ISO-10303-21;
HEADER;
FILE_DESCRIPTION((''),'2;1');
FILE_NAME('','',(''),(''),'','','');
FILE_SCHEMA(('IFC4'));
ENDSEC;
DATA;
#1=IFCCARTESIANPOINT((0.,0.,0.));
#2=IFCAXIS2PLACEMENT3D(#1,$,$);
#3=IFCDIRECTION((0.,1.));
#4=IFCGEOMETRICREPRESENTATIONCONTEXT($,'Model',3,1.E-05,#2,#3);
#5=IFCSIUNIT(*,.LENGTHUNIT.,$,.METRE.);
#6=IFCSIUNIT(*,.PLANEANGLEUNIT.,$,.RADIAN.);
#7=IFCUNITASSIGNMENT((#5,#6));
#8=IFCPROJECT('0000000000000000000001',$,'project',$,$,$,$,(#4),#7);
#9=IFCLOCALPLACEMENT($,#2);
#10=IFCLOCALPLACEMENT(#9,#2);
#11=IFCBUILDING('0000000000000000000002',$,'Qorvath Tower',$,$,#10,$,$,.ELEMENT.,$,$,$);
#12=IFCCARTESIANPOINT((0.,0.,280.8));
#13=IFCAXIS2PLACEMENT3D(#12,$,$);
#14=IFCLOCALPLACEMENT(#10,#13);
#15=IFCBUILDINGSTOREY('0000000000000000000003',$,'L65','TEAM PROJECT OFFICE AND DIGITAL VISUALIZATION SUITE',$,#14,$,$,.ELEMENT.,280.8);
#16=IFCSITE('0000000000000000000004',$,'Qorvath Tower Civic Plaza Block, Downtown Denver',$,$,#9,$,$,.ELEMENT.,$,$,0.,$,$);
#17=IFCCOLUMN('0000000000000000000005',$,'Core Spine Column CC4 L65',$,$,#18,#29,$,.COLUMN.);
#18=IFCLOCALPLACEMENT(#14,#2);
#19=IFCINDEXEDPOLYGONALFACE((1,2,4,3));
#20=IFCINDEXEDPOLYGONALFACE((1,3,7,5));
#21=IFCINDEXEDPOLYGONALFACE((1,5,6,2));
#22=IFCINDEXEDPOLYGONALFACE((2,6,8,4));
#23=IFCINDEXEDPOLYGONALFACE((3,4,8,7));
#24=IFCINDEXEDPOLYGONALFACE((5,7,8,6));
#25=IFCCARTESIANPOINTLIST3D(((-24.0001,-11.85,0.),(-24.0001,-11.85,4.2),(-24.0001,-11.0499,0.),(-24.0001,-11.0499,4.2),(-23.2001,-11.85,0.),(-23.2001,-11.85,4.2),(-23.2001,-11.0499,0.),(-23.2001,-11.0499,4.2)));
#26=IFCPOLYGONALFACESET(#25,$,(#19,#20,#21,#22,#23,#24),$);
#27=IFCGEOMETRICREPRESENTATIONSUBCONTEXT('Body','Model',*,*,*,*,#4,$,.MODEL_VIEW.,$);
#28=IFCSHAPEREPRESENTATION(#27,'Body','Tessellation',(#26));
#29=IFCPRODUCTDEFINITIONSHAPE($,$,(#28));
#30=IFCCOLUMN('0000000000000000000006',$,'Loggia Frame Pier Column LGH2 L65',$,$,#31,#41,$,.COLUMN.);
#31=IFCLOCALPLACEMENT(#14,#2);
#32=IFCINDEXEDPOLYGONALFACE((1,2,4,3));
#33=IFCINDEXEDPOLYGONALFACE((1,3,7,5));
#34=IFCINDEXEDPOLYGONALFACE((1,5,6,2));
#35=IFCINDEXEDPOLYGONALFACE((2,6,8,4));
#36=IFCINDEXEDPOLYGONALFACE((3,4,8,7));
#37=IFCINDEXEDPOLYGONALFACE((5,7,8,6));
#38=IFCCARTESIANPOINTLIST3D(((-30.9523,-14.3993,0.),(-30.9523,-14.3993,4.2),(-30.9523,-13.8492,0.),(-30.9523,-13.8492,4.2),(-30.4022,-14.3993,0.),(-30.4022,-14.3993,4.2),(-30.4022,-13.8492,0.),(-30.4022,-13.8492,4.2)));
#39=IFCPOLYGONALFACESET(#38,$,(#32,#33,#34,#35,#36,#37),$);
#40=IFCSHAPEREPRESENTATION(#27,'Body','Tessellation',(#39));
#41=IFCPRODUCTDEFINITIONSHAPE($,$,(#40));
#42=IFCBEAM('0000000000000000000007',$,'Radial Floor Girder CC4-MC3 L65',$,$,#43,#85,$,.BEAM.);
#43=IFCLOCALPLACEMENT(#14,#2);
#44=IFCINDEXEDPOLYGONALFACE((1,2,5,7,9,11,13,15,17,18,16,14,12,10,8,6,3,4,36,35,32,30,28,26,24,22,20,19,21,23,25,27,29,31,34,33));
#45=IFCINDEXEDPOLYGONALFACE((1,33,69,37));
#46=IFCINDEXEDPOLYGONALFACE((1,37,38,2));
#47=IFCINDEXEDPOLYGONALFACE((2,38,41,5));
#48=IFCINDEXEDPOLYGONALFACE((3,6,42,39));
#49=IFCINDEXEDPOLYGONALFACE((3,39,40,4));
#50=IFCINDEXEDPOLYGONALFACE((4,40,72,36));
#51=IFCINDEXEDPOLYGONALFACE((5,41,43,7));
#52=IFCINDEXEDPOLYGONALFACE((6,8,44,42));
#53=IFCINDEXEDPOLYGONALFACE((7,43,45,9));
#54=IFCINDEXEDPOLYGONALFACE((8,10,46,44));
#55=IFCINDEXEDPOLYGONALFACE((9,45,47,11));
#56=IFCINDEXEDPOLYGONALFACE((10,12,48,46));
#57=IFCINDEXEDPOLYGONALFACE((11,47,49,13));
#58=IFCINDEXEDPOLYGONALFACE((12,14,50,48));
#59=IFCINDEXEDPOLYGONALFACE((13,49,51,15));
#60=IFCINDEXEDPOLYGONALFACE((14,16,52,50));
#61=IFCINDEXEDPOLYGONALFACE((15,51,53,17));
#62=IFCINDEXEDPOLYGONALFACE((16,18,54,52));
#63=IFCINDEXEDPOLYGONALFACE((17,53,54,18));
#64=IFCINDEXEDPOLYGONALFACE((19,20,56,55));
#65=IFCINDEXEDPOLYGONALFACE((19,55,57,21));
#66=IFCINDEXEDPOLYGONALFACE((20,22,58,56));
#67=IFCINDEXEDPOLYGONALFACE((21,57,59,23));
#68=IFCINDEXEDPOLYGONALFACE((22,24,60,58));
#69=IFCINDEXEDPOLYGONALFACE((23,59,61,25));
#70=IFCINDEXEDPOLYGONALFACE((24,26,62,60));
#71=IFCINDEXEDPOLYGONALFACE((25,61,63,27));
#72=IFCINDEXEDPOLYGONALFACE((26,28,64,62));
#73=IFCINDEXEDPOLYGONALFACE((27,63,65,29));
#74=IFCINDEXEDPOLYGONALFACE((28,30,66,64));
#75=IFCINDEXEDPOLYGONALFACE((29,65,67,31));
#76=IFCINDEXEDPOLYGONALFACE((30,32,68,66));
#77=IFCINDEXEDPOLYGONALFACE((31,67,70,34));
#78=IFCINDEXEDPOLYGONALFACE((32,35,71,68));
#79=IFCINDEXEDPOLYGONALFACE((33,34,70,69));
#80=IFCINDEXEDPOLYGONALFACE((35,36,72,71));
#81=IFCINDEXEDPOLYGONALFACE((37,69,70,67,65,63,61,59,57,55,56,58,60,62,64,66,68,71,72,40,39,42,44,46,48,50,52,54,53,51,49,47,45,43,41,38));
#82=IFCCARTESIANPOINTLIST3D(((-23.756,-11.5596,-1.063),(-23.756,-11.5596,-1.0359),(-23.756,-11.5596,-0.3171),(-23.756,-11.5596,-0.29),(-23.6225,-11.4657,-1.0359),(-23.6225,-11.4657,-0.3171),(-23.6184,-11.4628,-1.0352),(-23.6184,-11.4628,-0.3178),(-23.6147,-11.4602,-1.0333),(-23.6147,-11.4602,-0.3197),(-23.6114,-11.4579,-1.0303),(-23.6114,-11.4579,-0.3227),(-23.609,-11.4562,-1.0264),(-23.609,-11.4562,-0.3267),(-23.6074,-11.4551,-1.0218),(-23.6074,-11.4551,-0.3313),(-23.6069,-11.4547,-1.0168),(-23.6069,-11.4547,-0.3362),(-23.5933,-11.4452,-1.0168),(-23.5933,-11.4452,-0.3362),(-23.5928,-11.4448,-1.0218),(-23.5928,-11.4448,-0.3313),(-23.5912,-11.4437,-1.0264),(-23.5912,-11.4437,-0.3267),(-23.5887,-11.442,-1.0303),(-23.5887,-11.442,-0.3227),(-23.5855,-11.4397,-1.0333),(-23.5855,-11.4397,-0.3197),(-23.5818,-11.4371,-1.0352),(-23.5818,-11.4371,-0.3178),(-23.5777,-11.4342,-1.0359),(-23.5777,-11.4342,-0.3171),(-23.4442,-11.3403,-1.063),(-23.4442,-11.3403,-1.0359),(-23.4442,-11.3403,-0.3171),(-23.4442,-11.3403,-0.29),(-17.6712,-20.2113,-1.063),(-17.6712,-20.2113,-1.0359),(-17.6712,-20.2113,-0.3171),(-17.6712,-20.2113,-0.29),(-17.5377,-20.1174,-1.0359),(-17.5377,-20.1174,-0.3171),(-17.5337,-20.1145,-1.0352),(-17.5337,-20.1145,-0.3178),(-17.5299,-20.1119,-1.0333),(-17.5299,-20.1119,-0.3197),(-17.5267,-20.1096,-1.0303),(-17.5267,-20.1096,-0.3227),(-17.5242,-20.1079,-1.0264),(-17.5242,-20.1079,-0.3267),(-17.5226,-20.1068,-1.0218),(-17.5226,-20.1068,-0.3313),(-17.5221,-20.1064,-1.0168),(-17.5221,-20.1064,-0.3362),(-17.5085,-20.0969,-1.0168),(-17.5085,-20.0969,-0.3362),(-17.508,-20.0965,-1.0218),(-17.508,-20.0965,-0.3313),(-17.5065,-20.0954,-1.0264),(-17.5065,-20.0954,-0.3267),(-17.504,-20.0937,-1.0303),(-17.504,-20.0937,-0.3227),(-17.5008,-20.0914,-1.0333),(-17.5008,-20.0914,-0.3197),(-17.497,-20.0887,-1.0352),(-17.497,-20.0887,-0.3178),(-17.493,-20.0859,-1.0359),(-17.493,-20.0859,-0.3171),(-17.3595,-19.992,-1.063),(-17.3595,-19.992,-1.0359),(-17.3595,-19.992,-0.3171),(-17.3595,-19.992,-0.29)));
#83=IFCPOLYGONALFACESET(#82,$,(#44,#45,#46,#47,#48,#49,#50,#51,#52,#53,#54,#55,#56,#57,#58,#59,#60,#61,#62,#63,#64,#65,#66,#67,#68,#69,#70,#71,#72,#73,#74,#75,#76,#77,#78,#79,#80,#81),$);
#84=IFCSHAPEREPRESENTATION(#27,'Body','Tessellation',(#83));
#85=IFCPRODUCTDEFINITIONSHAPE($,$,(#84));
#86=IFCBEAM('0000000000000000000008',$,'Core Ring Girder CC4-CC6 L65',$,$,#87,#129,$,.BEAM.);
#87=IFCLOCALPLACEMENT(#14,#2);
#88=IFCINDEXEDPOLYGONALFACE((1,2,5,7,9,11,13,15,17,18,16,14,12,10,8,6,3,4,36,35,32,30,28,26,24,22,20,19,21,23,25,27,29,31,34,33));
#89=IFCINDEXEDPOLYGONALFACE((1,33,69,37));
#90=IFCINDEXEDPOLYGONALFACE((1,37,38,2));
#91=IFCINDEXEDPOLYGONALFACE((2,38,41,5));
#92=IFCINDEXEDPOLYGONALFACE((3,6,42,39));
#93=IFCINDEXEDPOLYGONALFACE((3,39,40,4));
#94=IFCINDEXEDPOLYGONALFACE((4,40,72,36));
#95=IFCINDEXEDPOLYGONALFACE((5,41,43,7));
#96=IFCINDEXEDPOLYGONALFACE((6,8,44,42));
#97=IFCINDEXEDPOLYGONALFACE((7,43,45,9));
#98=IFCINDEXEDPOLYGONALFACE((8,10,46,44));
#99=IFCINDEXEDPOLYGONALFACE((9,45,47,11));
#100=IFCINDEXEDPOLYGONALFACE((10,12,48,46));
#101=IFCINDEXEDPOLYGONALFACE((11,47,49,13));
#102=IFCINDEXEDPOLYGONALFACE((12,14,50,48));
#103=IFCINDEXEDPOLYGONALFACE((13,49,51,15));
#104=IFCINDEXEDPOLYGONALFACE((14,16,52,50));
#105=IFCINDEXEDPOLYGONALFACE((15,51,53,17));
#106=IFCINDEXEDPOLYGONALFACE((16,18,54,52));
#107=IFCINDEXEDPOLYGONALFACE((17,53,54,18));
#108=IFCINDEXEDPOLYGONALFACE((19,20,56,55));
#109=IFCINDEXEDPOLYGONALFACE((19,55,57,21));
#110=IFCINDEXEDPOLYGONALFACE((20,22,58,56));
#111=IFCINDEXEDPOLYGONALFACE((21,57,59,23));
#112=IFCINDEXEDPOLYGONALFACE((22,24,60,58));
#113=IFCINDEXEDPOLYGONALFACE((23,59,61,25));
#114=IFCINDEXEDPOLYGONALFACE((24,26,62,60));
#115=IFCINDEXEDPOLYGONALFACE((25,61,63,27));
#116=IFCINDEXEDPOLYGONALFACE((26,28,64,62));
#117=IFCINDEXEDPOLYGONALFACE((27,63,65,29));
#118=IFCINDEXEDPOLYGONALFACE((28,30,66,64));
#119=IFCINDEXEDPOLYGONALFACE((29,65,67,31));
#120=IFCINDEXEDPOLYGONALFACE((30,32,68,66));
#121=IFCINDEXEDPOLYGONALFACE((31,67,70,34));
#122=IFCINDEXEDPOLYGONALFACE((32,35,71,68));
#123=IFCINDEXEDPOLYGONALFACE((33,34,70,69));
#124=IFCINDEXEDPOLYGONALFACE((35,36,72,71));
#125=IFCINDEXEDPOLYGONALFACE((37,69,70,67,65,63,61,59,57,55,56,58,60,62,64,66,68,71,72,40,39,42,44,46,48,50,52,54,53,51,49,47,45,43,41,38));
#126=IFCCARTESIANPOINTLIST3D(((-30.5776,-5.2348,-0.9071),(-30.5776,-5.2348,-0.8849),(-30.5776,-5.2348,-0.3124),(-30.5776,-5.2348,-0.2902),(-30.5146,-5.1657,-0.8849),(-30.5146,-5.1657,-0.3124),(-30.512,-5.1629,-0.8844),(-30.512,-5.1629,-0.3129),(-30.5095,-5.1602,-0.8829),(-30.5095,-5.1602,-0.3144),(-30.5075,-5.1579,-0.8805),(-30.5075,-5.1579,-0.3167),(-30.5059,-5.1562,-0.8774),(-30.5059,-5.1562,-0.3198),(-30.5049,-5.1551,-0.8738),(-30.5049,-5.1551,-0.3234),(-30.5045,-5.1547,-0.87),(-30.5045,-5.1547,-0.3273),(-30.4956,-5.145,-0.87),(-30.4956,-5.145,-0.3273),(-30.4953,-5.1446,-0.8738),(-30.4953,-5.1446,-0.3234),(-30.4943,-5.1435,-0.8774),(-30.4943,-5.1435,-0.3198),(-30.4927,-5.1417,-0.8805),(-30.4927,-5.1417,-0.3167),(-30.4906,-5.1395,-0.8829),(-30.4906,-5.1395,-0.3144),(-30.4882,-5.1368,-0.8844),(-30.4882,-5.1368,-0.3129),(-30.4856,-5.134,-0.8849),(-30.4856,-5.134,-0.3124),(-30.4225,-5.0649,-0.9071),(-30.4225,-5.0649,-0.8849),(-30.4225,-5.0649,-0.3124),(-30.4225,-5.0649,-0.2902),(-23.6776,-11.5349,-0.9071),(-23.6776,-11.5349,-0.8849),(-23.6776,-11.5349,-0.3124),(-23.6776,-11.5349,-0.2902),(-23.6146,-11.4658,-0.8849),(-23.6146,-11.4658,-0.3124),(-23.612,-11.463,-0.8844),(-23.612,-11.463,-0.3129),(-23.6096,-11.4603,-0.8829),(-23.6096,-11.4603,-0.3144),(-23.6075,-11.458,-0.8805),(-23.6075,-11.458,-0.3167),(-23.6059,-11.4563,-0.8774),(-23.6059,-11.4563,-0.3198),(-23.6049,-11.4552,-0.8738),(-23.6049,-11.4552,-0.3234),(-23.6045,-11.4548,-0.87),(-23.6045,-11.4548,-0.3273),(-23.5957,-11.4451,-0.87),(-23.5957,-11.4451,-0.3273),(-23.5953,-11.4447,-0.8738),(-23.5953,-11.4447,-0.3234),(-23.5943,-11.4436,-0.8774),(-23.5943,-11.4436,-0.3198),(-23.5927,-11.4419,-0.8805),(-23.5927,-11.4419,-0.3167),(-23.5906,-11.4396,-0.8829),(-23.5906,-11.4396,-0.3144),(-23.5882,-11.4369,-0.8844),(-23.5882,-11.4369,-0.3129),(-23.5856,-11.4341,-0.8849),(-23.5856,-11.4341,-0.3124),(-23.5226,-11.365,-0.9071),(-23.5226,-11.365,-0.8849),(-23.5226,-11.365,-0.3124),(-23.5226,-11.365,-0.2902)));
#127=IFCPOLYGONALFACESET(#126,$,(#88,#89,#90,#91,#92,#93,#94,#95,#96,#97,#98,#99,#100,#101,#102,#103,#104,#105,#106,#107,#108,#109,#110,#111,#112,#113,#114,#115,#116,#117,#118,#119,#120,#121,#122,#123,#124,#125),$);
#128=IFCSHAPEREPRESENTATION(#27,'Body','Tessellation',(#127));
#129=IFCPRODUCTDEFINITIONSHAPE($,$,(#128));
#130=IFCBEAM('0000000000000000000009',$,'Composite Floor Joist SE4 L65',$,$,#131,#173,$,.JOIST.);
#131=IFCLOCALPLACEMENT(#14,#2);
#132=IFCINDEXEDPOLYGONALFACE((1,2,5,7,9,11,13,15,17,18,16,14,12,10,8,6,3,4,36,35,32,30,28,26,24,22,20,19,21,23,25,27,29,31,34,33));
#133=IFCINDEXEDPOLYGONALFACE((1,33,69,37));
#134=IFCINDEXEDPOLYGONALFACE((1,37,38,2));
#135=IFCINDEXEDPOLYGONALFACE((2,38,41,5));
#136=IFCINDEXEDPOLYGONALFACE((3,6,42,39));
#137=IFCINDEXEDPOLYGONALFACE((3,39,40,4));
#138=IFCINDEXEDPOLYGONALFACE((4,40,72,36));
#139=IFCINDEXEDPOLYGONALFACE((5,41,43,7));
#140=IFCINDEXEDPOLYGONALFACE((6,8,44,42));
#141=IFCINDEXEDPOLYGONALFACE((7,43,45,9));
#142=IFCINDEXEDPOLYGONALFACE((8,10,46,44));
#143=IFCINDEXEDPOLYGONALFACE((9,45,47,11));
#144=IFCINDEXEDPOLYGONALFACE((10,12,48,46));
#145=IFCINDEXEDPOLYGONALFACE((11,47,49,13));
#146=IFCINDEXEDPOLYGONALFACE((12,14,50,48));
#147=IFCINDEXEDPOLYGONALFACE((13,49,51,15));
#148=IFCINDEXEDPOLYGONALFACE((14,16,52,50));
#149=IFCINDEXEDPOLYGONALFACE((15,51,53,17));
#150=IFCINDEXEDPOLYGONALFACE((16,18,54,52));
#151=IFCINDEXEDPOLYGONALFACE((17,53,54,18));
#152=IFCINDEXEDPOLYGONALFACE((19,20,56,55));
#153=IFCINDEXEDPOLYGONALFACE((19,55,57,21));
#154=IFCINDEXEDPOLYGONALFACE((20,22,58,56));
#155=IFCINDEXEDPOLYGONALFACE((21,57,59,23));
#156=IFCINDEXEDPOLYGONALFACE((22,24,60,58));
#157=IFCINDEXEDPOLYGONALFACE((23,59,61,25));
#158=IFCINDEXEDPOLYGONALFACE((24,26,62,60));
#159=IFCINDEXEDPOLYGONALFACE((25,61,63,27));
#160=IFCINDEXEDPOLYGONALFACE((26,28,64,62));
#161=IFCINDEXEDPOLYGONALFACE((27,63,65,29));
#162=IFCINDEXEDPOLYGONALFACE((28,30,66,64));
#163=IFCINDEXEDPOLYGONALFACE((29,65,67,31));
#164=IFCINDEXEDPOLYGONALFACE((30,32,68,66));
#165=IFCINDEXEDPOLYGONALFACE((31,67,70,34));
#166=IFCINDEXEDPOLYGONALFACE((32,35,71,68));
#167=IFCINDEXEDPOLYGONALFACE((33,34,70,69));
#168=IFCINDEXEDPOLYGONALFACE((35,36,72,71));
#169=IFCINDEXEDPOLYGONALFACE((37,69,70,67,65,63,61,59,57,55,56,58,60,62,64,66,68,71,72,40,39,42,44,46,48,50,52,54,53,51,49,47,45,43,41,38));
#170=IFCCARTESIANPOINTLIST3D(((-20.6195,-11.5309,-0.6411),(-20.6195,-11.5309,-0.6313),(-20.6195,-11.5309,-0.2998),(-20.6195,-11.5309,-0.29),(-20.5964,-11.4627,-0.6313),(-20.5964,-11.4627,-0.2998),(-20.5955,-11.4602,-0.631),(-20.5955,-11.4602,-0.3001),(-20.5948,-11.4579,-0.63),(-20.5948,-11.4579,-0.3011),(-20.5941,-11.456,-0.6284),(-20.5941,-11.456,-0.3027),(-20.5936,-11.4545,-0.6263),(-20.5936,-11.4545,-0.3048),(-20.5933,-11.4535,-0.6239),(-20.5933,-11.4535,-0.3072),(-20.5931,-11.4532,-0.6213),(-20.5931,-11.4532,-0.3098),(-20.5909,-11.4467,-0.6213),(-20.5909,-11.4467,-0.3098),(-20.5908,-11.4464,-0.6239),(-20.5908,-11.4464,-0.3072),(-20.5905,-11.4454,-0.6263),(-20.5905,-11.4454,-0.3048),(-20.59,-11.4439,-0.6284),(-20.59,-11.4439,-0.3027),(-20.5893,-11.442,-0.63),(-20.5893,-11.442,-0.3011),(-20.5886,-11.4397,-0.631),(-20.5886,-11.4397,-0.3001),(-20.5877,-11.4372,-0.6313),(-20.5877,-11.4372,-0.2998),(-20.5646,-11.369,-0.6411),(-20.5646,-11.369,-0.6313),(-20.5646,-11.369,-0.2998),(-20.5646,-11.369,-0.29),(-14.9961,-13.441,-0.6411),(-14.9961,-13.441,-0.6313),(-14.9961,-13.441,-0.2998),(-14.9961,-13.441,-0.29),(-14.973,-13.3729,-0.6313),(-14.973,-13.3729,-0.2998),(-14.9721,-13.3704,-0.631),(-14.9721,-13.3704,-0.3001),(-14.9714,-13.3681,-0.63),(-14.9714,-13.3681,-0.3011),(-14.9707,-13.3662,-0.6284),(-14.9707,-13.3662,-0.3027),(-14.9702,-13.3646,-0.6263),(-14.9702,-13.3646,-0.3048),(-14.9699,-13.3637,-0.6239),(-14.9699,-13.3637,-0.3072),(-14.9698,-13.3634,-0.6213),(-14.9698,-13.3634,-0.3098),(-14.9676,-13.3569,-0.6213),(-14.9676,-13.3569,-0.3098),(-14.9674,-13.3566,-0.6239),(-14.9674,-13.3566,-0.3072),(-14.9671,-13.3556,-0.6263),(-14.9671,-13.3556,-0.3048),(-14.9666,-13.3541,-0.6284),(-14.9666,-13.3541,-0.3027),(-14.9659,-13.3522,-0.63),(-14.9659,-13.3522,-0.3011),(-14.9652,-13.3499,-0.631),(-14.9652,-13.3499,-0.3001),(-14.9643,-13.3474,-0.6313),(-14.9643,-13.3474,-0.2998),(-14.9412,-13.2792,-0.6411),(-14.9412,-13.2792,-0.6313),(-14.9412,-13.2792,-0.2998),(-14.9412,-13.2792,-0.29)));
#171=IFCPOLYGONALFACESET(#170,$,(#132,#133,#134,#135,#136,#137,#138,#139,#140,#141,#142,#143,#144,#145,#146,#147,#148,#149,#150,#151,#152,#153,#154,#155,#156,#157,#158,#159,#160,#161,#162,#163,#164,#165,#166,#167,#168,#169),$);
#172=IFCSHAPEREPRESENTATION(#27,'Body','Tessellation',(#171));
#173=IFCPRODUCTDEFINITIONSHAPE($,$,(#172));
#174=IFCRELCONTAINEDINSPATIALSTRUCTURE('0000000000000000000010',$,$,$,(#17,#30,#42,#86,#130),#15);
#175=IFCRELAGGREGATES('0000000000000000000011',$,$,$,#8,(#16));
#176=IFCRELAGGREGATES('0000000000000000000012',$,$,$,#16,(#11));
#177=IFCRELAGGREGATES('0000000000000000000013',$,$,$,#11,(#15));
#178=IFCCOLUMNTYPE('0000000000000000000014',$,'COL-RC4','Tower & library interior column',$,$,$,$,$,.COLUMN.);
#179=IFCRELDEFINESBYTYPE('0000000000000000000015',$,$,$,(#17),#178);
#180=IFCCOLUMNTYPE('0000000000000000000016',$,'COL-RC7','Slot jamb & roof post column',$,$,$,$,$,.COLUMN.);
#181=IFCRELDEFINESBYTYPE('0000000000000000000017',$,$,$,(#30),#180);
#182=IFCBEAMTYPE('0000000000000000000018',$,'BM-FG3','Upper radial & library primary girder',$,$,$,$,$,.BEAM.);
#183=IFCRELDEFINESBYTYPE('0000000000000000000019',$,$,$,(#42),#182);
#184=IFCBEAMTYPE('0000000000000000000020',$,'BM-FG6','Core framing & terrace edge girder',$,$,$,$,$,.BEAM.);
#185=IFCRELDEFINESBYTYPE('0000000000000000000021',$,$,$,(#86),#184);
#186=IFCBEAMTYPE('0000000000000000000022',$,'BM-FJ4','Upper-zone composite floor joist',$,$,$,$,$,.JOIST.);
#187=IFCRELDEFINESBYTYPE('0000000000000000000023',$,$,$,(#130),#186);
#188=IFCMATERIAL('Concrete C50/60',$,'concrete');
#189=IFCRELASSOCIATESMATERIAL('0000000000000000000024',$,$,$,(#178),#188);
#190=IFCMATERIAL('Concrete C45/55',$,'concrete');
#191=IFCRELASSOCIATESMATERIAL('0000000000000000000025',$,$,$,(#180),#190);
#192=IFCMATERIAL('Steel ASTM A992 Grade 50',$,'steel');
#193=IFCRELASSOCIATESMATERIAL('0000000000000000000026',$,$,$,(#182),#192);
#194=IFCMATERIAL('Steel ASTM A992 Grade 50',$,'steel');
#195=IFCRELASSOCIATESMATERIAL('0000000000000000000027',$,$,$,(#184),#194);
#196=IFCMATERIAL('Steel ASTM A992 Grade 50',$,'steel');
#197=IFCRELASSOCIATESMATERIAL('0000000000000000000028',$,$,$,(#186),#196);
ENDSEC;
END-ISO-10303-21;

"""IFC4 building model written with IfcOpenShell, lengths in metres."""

from ifc_helpers import new_model, si_unit, direction, frame, origin, origin_2d, place, context, subcontext, project, spatial, rectangle, i_section, extrude, material, material_profile, profile_set, type_object, element, save


model = new_model("IFC4")

# Units and contexts
model_context = context("Model", 3, precision=1e-05, world=origin(), true_north=direction((0.0, 1.0)))
body_context = subcontext(model_context, "Body", "Model", "MODEL_VIEW")
ifc_project = project(units=[si_unit("LENGTHUNIT", "METRE"), si_unit("PLANEANGLEUNIT", "RADIAN")], contexts=[model_context])

# Site, building, storey
site_placement = place(None, origin())
site = spatial("IfcSite", under=ifc_project, at=site_placement, Name="Qorvath Tower Civic Plaza Block, Downtown Denver", CompositionType="ELEMENT", RefElevation=0.0)
building_placement = place(site_placement, origin())
building = spatial("IfcBuilding", under=site, at=building_placement, Name="Qorvath Tower", CompositionType="ELEMENT")
storey_placement = place(building_placement, frame((0.0, 0.0, 280.8)))
storey = spatial("IfcBuildingStorey", under=building, at=storey_placement, Name="L65", Description="TEAM PROJECT OFFICE AND DIGITAL VISUALIZATION SUITE", CompositionType="ELEMENT", Elevation=280.8)

# Columns
ifc_material_1 = material(Name="Concrete C50/60", Category="concrete")
ifc_material_profile_1 = material_profile(ifc_material_1, rectangle(XDim=0.8, YDim=0.8, at=origin_2d()), Name="RC 800x800")
ifc_profile_set_1 = profile_set([ifc_material_profile_1], Name="Concrete C50/60")
column_type_1 = type_object("IfcColumnType", Name="COL-RC4", Description="Tower & library interior column", PredefinedType="COLUMN", material=ifc_profile_set_1)
column_1_placement = place(storey_placement, frame((-23.6001, -11.45, 0.0), z_axis=(0.0, 0.0, 1.0), x_axis=(1.0, 0.0, 0.0)))
element("IfcColumn", 1, at=column_1_placement, inside=storey, type_object=column_type_1, Name="Core Spine Column CC4 L65", PredefinedType="COLUMN", context=body_context, shape_type="SweptSolid", body=[
    extrude(rectangle(XDim=0.8, YDim=0.8, at=origin_2d()), origin(), (0.0, 0.0, 1.0), 4.2),
])
ifc_material_2 = material(Name="Concrete C45/55", Category="concrete")
ifc_material_profile_2 = material_profile(ifc_material_2, rectangle(XDim=0.55, YDim=0.55, at=origin_2d()), Name="RC 550x550")
ifc_profile_set_2 = profile_set([ifc_material_profile_2], Name="Concrete C45/55")
column_type_2 = type_object("IfcColumnType", Name="COL-RC7", Description="Slot jamb & roof post column", PredefinedType="COLUMN", material=ifc_profile_set_2)
column_2_placement = place(storey_placement, frame((-30.6772, -14.1243, 0.0), z_axis=(0.0, 0.0, 1.0), x_axis=(1.0, 0.0, 0.0)))
element("IfcColumn", 2, at=column_2_placement, inside=storey, type_object=column_type_2, Name="Loggia Frame Pier Column LGH2 L65", PredefinedType="COLUMN", context=body_context, shape_type="SweptSolid", body=[
    extrude(rectangle(XDim=0.55, YDim=0.55, at=origin_2d()), origin(), (0.0, 0.0, 1.0), 4.2),
])

# Beams
ifc_material_3 = material(Name="Steel ASTM A992 Grade 50", Category="steel")
ifc_material_profile_3 = material_profile(ifc_material_3, i_section(OverallWidth=0.3811, OverallDepth=0.7729, WebThickness=0.0166, FlangeThickness=0.0271, FilletRadius=0.019, at=origin_2d()), Name="W30x173")
ifc_profile_set_3 = profile_set([ifc_material_profile_3], Name="Steel ASTM A992 Grade 50")
beam_type_1 = type_object("IfcBeamType", Name="BM-FG3", Description="Upper radial & library primary girder", PredefinedType="BEAM", material=ifc_profile_set_3)
beam_1_placement = place(storey_placement, frame((-23.6001, -11.45, -0.6765), z_axis=(0.575275, -0.81796, 0.0), x_axis=(0.81796, 0.575275, 0.0)))
element("IfcBeam", 3, at=beam_1_placement, inside=storey, type_object=beam_type_1, Name="Radial Floor Girder CC4-MC3 L65", PredefinedType="BEAM", context=body_context, shape_type="SweptSolid", body=[
    extrude(i_section(OverallWidth=0.3811, OverallDepth=0.7729, WebThickness=0.0166, FlangeThickness=0.0271, FilletRadius=0.019, at=origin_2d()), origin(), (0.0, 0.0, 1.0), 10.5771),
])
ifc_material_4 = material(Name="Steel ASTM A992 Grade 50", Category="steel")
ifc_material_profile_4 = material_profile(ifc_material_4, i_section(OverallWidth=0.23, OverallDepth=0.6169, WebThickness=0.0132, FlangeThickness=0.0222, FilletRadius=0.0149, at=origin_2d()), Name="W24x94")
ifc_profile_set_4 = profile_set([ifc_material_profile_4], Name="Steel ASTM A992 Grade 50")
beam_type_2 = type_object("IfcBeamType", Name="BM-FG6", Description="Core framing & terrace edge girder", PredefinedType="BEAM", material=ifc_profile_set_4)
beam_2_placement = place(storey_placement, frame((-23.6001, -11.45, -0.5986), z_axis=(-0.738478, 0.674277, 0.0), x_axis=(-0.674277, -0.738478, 0.0)))
element("IfcBeam", 4, at=beam_2_placement, inside=storey, type_object=beam_type_2, Name="Core Ring Girder CC4-CC6 L65", PredefinedType="BEAM", context=body_context, shape_type="SweptSolid", body=[
    extrude(i_section(OverallWidth=0.23, OverallDepth=0.6169, WebThickness=0.0132, FlangeThickness=0.0222, FilletRadius=0.0149, at=origin_2d()), origin(), (0.0, 0.0, 1.0), 9.3435),
])
ifc_material_5 = material(Name="Steel ASTM A992 Grade 50", Category="steel")
ifc_material_profile_5 = material_profile(ifc_material_5, i_section(OverallWidth=0.1709, OverallDepth=0.3511, WebThickness=0.0068, FlangeThickness=0.0098, FilletRadius=0.01, at=origin_2d()), Name="W14x30")
ifc_profile_set_5 = profile_set([ifc_material_profile_5], Name="Steel ASTM A992 Grade 50")
beam_type_3 = type_object("IfcBeamType", Name="BM-FJ4", Description="Upper-zone composite floor joist", PredefinedType="JOIST", material=ifc_profile_set_5)
beam_3_placement = place(storey_placement, frame((-20.592, -11.45, -0.4656), z_axis=(0.946863, -0.321637, 0.0), x_axis=(0.321637, 0.946863, 0.0)))
element("IfcBeam", 5, at=beam_3_placement, inside=storey, type_object=beam_type_3, Name="Composite Floor Joist SE4 L65", PredefinedType="JOIST", context=body_context, shape_type="SweptSolid", body=[
    extrude(i_section(OverallWidth=0.1709, OverallDepth=0.3511, WebThickness=0.0068, FlangeThickness=0.0098, FilletRadius=0.01, at=origin_2d()), origin(), (0.0, 0.0, 1.0), 5.939),
])

save(model, "model.ifc")
